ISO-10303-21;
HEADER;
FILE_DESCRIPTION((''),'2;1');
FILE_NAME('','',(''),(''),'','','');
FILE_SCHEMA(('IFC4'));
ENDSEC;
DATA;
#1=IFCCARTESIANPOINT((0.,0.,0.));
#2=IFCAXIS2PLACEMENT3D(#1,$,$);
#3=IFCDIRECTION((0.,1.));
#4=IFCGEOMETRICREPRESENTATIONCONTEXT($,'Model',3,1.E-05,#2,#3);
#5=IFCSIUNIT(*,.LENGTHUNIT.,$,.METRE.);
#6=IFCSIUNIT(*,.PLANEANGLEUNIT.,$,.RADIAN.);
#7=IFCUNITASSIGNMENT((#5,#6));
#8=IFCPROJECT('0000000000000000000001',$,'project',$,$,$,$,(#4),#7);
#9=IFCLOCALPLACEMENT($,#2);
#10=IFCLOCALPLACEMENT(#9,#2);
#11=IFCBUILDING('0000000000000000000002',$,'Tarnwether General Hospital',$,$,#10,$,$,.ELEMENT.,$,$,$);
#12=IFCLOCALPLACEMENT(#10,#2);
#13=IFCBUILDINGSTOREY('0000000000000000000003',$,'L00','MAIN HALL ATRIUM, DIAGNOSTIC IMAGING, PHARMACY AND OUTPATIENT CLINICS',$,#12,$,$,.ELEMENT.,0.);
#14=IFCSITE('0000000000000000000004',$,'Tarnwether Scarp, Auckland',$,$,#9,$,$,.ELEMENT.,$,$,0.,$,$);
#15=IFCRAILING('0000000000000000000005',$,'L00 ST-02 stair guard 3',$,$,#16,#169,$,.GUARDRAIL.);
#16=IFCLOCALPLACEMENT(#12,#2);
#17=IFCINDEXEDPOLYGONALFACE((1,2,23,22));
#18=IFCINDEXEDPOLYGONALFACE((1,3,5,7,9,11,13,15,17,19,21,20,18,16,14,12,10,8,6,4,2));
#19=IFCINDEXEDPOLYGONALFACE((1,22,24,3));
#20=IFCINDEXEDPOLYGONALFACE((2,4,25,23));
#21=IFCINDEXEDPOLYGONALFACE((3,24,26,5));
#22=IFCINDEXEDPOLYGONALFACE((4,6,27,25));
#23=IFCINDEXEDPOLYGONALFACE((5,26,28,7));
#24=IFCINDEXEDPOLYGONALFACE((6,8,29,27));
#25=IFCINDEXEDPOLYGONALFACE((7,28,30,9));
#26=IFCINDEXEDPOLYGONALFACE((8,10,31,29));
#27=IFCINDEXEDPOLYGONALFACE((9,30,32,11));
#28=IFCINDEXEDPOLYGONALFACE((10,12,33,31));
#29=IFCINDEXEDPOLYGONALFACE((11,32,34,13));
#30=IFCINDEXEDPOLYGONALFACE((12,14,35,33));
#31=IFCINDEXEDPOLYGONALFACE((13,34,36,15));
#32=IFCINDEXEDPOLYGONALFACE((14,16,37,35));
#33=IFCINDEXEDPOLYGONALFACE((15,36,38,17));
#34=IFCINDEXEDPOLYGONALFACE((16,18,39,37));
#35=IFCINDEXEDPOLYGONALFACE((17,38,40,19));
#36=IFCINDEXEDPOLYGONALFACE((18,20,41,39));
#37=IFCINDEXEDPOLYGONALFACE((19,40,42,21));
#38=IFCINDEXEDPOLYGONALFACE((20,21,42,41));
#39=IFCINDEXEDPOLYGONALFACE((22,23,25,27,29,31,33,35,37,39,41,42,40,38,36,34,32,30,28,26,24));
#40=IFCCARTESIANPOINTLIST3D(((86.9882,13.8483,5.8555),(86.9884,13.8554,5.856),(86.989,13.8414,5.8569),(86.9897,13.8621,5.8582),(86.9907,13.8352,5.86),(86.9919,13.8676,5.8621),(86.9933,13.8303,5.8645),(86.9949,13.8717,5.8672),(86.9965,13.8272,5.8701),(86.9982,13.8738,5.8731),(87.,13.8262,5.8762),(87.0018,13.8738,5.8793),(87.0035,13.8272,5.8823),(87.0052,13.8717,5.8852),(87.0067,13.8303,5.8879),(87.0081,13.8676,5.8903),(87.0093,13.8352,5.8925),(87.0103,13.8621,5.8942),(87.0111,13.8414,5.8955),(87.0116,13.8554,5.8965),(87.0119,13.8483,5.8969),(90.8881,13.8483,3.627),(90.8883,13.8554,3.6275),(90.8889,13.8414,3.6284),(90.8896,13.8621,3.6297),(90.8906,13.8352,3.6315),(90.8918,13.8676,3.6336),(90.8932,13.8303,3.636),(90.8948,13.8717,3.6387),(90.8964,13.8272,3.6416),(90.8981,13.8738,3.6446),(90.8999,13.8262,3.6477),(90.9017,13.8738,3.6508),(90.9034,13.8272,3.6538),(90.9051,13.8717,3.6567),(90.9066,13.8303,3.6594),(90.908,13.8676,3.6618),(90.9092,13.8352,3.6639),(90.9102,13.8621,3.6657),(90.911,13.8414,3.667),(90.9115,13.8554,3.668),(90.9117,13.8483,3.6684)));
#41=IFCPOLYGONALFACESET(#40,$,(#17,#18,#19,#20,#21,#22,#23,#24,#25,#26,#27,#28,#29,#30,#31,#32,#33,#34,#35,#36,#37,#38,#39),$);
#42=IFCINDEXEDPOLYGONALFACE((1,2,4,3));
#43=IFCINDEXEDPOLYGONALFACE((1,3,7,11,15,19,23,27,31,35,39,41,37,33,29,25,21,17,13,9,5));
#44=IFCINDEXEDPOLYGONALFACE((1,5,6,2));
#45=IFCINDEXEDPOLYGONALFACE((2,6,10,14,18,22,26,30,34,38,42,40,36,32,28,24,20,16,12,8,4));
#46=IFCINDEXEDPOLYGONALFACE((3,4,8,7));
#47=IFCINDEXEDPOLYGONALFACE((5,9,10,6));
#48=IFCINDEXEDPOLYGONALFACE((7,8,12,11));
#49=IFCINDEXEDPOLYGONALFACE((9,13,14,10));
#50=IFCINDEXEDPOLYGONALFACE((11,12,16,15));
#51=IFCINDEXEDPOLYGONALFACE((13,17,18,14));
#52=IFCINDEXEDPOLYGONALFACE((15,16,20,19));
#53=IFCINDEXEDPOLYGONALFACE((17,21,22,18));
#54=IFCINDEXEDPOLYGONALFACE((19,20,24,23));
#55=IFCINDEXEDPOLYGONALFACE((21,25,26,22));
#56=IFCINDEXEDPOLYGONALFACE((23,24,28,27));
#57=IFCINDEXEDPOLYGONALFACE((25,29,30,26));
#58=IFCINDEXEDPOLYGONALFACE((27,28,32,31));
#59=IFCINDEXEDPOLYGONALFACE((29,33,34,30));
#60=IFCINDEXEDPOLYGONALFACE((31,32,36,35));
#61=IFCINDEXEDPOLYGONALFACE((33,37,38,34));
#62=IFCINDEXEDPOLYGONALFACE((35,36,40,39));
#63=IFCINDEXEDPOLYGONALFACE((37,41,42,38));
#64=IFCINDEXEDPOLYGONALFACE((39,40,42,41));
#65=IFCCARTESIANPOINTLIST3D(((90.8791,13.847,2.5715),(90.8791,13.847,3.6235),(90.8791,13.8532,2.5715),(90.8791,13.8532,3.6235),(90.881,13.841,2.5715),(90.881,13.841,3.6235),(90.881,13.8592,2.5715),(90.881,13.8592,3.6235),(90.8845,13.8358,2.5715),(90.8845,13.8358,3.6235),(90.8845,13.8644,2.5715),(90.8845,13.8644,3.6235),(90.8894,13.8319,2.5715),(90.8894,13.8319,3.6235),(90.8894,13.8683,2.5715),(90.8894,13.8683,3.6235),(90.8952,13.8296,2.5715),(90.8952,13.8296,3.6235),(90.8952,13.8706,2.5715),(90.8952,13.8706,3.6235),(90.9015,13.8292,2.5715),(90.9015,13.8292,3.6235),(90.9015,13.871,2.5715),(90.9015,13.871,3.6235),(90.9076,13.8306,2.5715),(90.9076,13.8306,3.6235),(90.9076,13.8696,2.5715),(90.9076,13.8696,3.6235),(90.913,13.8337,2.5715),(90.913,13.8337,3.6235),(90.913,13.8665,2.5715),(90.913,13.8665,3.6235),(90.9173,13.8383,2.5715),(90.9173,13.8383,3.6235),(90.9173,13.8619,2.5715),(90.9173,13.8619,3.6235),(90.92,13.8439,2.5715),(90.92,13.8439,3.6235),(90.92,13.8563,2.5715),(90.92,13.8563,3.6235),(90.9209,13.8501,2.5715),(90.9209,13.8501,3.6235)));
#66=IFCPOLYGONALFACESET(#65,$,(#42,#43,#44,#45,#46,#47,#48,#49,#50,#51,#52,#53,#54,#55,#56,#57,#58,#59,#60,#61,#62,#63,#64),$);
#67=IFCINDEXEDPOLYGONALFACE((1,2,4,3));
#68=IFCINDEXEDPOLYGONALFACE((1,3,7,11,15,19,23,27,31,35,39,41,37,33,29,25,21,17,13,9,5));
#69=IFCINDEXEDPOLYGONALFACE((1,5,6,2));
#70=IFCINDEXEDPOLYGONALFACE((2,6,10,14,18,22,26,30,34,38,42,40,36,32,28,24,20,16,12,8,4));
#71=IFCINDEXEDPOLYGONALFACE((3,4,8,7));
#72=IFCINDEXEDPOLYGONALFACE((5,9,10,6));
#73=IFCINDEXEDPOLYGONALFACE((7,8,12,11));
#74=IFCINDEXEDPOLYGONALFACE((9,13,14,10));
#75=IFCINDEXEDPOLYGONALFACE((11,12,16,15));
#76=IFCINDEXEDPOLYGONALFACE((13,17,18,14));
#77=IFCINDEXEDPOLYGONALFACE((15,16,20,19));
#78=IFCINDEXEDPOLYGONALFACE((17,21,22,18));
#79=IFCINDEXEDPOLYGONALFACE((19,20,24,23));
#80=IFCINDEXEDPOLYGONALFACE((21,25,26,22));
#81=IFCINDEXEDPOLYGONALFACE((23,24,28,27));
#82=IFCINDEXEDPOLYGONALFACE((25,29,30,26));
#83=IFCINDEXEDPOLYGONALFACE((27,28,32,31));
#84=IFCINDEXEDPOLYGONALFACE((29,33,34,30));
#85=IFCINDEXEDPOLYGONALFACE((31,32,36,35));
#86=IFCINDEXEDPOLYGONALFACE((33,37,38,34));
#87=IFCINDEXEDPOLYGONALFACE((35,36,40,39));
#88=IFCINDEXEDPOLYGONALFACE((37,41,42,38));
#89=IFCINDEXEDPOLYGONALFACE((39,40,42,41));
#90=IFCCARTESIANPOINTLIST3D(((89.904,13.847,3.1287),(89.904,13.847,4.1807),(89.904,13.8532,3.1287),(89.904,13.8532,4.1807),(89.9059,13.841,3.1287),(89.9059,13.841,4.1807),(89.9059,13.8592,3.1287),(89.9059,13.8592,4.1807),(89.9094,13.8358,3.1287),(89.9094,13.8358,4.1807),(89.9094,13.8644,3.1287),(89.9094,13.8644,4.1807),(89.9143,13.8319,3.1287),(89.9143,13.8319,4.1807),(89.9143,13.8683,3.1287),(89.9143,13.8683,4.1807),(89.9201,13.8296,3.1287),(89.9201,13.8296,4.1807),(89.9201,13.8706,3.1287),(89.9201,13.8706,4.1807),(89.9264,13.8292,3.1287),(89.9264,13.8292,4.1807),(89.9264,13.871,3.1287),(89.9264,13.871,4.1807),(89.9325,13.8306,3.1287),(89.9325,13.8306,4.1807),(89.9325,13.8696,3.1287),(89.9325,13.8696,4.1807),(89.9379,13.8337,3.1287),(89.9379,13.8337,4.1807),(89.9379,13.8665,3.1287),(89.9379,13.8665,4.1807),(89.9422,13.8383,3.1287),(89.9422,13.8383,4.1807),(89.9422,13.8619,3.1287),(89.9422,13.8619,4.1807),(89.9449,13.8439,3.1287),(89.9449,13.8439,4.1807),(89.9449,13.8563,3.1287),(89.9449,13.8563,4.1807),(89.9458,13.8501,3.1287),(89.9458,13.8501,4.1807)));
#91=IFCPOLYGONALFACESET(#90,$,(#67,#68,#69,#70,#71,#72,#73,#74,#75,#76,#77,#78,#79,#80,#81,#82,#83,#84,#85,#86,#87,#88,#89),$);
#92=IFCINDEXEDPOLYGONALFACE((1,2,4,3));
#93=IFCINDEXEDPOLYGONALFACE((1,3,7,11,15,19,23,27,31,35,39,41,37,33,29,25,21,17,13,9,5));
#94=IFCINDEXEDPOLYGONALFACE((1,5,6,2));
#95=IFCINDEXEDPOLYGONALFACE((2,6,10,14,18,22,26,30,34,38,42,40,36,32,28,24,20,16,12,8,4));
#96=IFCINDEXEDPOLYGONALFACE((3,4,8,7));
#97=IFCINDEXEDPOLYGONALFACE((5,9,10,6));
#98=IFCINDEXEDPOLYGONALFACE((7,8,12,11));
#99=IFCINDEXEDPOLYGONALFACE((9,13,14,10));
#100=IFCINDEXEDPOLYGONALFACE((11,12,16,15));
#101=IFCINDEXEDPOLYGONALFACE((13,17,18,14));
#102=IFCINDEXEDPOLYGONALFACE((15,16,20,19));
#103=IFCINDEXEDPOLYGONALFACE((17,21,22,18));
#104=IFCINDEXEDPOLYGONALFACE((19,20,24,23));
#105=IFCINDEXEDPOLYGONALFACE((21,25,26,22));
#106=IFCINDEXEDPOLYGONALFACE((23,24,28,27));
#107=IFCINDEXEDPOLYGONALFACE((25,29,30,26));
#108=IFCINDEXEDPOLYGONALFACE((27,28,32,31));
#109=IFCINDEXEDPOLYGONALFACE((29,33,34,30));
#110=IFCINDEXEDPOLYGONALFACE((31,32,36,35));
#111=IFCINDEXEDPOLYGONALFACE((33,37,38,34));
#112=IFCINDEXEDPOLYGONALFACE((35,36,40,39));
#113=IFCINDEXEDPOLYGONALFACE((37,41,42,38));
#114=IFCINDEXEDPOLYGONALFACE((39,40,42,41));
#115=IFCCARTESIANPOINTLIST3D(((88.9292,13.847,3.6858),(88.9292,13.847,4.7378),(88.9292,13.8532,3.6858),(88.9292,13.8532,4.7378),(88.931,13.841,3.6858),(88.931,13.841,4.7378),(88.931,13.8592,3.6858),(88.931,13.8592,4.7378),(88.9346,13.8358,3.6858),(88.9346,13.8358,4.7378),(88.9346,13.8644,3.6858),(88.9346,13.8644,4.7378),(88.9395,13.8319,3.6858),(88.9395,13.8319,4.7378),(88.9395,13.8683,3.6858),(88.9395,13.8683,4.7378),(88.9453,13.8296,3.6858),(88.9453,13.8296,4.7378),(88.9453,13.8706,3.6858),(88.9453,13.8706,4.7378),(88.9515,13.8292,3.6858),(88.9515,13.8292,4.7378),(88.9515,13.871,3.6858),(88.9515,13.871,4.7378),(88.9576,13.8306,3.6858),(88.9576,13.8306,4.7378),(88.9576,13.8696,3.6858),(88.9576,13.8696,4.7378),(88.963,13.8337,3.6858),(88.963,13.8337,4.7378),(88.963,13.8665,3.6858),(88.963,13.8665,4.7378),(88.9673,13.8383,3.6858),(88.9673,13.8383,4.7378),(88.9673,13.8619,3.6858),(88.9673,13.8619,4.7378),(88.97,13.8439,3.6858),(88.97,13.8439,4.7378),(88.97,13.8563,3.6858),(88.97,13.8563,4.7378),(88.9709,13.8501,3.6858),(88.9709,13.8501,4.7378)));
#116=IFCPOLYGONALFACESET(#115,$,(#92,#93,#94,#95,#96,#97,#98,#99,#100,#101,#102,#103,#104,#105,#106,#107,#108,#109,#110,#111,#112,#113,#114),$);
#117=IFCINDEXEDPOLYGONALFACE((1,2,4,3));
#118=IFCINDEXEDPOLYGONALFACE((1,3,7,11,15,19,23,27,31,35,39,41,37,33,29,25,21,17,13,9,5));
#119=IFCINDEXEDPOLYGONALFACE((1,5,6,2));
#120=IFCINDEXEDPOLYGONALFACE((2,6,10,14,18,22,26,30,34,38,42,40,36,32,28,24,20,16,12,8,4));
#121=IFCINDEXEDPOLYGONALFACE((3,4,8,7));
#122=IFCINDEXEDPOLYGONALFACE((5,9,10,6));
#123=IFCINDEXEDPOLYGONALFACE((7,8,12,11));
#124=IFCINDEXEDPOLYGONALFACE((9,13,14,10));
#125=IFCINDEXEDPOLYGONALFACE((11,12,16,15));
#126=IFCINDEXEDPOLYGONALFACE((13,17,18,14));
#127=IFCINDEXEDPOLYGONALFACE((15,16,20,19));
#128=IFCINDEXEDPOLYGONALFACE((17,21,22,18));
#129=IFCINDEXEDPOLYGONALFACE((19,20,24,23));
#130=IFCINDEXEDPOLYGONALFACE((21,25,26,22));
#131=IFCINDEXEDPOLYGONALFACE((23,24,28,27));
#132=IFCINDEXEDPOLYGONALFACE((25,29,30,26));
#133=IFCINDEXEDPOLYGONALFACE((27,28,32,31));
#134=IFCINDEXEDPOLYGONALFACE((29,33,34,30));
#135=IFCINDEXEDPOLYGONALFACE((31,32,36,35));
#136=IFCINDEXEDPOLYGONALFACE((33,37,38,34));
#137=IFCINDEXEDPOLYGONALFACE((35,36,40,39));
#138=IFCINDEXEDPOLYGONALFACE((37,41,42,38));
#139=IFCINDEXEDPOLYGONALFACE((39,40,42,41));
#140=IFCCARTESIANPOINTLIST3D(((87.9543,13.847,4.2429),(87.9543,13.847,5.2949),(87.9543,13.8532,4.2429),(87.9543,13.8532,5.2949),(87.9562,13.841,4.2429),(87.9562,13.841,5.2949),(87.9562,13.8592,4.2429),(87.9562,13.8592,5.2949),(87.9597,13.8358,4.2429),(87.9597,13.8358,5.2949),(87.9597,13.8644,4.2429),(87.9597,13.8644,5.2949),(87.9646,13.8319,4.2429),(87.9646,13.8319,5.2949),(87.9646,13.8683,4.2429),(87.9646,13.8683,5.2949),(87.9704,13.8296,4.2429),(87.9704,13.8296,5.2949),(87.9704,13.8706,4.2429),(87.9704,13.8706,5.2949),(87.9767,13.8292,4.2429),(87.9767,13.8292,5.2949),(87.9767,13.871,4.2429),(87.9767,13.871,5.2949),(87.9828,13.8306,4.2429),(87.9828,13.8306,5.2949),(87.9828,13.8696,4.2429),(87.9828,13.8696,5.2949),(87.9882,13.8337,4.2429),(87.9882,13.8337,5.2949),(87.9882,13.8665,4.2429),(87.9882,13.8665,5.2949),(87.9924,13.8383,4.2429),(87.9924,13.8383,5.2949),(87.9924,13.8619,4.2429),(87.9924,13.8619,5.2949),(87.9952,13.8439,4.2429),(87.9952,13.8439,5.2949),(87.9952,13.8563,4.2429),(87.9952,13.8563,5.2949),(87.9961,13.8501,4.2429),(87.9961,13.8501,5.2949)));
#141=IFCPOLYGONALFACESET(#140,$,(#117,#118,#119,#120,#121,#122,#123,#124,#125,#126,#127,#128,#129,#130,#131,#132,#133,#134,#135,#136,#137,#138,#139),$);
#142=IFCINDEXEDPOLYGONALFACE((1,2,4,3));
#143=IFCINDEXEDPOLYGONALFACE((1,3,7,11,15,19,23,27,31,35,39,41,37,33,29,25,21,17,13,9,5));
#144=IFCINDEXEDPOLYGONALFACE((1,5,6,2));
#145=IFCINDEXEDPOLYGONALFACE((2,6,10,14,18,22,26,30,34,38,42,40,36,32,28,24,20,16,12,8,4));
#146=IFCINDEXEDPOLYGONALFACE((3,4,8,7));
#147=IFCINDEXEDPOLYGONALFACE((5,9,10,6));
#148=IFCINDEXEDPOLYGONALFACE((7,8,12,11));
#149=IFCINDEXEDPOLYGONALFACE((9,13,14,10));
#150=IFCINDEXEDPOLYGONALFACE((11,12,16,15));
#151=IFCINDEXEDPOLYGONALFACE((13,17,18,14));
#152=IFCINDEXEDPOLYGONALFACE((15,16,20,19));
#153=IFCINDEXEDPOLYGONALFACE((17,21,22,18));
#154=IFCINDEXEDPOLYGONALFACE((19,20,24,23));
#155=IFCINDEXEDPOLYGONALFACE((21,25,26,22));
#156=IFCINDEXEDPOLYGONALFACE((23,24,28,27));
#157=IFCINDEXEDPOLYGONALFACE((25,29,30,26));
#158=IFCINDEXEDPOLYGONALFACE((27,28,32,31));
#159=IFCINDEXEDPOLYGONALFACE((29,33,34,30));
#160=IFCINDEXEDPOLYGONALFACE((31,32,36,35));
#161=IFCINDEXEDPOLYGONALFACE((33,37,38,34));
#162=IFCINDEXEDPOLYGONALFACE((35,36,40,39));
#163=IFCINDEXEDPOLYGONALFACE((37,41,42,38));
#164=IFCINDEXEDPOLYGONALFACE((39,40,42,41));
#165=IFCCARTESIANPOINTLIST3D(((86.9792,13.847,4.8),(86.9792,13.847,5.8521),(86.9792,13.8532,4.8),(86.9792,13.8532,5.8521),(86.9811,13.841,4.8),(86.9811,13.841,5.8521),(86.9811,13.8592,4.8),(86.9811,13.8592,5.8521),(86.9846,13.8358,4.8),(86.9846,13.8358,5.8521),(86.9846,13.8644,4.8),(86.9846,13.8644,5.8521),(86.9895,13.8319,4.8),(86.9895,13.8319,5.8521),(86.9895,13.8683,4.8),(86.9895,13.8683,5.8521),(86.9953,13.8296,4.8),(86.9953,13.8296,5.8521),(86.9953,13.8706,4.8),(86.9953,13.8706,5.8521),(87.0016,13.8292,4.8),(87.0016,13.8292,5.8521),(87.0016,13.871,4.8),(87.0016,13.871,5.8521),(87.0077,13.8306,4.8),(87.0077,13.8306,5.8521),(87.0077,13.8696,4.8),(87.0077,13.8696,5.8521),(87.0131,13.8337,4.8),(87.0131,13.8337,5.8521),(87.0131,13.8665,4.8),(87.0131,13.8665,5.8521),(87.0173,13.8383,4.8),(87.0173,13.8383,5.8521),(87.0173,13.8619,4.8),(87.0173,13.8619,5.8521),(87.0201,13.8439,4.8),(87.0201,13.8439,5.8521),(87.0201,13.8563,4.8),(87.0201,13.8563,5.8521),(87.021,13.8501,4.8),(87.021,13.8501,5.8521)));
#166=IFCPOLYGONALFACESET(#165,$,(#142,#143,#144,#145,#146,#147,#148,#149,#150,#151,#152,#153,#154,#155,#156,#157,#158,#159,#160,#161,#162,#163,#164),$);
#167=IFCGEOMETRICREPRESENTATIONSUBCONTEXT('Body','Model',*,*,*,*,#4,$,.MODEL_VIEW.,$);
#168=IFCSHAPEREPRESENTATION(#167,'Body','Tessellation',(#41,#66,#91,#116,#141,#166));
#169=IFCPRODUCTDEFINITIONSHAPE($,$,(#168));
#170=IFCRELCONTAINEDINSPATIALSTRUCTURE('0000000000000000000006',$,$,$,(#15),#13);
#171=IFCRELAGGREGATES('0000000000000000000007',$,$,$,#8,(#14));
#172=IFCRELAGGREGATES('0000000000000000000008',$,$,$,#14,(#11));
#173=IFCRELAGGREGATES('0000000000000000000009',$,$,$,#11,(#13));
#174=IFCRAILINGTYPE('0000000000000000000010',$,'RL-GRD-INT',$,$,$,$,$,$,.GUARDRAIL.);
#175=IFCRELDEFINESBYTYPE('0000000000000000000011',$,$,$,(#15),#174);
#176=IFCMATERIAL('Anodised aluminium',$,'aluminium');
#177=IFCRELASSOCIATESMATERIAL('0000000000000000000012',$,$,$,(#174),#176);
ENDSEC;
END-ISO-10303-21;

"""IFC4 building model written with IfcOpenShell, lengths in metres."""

from ifc_helpers import new_model, si_unit, direction, frame, origin, origin_2d, place, context, subcontext, project, spatial, circle, extrude, material, type_object, element, save


model = new_model("IFC4")

# Units and contexts
model_context = context("Model", 3, precision=1e-05, world=origin(), true_north=direction((0.0, 1.0)))
body_context = subcontext(model_context, "Body", "Model", "MODEL_VIEW")
ifc_project = project(units=[si_unit("LENGTHUNIT", "METRE"), si_unit("PLANEANGLEUNIT", "RADIAN")], contexts=[model_context])

# Site, building, storey
site_placement = place(None, origin())
site = spatial("IfcSite", under=ifc_project, at=site_placement, Name="Tarnwether Scarp, Auckland", CompositionType="ELEMENT", RefElevation=0.0)
building_placement = place(site_placement, origin())
building = spatial("IfcBuilding", under=site, at=building_placement, Name="Tarnwether General Hospital", CompositionType="ELEMENT")
storey_placement = place(building_placement, origin())
storey = spatial("IfcBuildingStorey", under=building, at=storey_placement, Name="L00", Description="MAIN HALL ATRIUM, DIAGNOSTIC IMAGING, PHARMACY AND OUTPATIENT CLINICS", CompositionType="ELEMENT", Elevation=0.0)

# Railing
ifc_material_1 = material(Name="Anodised aluminium", Category="aluminium")
railing_type_1 = type_object("IfcRailingType", Name="RL-GRD-INT", PredefinedType="GUARDRAIL", material=ifc_material_1)
railing_1_placement = place(storey_placement, frame((90.8999, 13.8501, 2.5715)))
element("IfcRailing", 1, at=railing_1_placement, inside=storey, type_object=railing_type_1, Name="L00 ST-02 stair guard 3", PredefinedType="GUARDRAIL", context=body_context, shape_type="SweptSolid", body=[
    extrude(circle(Radius=0.0239, at=origin_2d()), frame((0.0, 0.0, 1.0762), z_axis=(-0.868243, 0.0, 0.496139), x_axis=(0.0, -1.0, 0.0)), (0.0, 0.0, 1.0), 4.4917),
    extrude(circle(Radius=0.021, at=origin_2d()), origin(), (0.0, 0.0, 1.0), 1.052),
    extrude(circle(Radius=0.021, at=origin_2d()), frame((-0.9751, 0.0, 0.5571)), (0.0, 0.0, 1.0), 1.052),
    extrude(circle(Radius=0.021, at=origin_2d()), frame((-1.95, 0.0, 1.1143)), (0.0, 0.0, 1.0), 1.052),
    extrude(circle(Radius=0.021, at=origin_2d()), frame((-2.9248, 0.0, 1.6714)), (0.0, 0.0, 1.0), 1.052),
    extrude(circle(Radius=0.021, at=origin_2d()), frame((-3.8999, 0.0, 2.2285)), (0.0, 0.0, 1.0), 1.052),
])

save(model, "model.ifc")
